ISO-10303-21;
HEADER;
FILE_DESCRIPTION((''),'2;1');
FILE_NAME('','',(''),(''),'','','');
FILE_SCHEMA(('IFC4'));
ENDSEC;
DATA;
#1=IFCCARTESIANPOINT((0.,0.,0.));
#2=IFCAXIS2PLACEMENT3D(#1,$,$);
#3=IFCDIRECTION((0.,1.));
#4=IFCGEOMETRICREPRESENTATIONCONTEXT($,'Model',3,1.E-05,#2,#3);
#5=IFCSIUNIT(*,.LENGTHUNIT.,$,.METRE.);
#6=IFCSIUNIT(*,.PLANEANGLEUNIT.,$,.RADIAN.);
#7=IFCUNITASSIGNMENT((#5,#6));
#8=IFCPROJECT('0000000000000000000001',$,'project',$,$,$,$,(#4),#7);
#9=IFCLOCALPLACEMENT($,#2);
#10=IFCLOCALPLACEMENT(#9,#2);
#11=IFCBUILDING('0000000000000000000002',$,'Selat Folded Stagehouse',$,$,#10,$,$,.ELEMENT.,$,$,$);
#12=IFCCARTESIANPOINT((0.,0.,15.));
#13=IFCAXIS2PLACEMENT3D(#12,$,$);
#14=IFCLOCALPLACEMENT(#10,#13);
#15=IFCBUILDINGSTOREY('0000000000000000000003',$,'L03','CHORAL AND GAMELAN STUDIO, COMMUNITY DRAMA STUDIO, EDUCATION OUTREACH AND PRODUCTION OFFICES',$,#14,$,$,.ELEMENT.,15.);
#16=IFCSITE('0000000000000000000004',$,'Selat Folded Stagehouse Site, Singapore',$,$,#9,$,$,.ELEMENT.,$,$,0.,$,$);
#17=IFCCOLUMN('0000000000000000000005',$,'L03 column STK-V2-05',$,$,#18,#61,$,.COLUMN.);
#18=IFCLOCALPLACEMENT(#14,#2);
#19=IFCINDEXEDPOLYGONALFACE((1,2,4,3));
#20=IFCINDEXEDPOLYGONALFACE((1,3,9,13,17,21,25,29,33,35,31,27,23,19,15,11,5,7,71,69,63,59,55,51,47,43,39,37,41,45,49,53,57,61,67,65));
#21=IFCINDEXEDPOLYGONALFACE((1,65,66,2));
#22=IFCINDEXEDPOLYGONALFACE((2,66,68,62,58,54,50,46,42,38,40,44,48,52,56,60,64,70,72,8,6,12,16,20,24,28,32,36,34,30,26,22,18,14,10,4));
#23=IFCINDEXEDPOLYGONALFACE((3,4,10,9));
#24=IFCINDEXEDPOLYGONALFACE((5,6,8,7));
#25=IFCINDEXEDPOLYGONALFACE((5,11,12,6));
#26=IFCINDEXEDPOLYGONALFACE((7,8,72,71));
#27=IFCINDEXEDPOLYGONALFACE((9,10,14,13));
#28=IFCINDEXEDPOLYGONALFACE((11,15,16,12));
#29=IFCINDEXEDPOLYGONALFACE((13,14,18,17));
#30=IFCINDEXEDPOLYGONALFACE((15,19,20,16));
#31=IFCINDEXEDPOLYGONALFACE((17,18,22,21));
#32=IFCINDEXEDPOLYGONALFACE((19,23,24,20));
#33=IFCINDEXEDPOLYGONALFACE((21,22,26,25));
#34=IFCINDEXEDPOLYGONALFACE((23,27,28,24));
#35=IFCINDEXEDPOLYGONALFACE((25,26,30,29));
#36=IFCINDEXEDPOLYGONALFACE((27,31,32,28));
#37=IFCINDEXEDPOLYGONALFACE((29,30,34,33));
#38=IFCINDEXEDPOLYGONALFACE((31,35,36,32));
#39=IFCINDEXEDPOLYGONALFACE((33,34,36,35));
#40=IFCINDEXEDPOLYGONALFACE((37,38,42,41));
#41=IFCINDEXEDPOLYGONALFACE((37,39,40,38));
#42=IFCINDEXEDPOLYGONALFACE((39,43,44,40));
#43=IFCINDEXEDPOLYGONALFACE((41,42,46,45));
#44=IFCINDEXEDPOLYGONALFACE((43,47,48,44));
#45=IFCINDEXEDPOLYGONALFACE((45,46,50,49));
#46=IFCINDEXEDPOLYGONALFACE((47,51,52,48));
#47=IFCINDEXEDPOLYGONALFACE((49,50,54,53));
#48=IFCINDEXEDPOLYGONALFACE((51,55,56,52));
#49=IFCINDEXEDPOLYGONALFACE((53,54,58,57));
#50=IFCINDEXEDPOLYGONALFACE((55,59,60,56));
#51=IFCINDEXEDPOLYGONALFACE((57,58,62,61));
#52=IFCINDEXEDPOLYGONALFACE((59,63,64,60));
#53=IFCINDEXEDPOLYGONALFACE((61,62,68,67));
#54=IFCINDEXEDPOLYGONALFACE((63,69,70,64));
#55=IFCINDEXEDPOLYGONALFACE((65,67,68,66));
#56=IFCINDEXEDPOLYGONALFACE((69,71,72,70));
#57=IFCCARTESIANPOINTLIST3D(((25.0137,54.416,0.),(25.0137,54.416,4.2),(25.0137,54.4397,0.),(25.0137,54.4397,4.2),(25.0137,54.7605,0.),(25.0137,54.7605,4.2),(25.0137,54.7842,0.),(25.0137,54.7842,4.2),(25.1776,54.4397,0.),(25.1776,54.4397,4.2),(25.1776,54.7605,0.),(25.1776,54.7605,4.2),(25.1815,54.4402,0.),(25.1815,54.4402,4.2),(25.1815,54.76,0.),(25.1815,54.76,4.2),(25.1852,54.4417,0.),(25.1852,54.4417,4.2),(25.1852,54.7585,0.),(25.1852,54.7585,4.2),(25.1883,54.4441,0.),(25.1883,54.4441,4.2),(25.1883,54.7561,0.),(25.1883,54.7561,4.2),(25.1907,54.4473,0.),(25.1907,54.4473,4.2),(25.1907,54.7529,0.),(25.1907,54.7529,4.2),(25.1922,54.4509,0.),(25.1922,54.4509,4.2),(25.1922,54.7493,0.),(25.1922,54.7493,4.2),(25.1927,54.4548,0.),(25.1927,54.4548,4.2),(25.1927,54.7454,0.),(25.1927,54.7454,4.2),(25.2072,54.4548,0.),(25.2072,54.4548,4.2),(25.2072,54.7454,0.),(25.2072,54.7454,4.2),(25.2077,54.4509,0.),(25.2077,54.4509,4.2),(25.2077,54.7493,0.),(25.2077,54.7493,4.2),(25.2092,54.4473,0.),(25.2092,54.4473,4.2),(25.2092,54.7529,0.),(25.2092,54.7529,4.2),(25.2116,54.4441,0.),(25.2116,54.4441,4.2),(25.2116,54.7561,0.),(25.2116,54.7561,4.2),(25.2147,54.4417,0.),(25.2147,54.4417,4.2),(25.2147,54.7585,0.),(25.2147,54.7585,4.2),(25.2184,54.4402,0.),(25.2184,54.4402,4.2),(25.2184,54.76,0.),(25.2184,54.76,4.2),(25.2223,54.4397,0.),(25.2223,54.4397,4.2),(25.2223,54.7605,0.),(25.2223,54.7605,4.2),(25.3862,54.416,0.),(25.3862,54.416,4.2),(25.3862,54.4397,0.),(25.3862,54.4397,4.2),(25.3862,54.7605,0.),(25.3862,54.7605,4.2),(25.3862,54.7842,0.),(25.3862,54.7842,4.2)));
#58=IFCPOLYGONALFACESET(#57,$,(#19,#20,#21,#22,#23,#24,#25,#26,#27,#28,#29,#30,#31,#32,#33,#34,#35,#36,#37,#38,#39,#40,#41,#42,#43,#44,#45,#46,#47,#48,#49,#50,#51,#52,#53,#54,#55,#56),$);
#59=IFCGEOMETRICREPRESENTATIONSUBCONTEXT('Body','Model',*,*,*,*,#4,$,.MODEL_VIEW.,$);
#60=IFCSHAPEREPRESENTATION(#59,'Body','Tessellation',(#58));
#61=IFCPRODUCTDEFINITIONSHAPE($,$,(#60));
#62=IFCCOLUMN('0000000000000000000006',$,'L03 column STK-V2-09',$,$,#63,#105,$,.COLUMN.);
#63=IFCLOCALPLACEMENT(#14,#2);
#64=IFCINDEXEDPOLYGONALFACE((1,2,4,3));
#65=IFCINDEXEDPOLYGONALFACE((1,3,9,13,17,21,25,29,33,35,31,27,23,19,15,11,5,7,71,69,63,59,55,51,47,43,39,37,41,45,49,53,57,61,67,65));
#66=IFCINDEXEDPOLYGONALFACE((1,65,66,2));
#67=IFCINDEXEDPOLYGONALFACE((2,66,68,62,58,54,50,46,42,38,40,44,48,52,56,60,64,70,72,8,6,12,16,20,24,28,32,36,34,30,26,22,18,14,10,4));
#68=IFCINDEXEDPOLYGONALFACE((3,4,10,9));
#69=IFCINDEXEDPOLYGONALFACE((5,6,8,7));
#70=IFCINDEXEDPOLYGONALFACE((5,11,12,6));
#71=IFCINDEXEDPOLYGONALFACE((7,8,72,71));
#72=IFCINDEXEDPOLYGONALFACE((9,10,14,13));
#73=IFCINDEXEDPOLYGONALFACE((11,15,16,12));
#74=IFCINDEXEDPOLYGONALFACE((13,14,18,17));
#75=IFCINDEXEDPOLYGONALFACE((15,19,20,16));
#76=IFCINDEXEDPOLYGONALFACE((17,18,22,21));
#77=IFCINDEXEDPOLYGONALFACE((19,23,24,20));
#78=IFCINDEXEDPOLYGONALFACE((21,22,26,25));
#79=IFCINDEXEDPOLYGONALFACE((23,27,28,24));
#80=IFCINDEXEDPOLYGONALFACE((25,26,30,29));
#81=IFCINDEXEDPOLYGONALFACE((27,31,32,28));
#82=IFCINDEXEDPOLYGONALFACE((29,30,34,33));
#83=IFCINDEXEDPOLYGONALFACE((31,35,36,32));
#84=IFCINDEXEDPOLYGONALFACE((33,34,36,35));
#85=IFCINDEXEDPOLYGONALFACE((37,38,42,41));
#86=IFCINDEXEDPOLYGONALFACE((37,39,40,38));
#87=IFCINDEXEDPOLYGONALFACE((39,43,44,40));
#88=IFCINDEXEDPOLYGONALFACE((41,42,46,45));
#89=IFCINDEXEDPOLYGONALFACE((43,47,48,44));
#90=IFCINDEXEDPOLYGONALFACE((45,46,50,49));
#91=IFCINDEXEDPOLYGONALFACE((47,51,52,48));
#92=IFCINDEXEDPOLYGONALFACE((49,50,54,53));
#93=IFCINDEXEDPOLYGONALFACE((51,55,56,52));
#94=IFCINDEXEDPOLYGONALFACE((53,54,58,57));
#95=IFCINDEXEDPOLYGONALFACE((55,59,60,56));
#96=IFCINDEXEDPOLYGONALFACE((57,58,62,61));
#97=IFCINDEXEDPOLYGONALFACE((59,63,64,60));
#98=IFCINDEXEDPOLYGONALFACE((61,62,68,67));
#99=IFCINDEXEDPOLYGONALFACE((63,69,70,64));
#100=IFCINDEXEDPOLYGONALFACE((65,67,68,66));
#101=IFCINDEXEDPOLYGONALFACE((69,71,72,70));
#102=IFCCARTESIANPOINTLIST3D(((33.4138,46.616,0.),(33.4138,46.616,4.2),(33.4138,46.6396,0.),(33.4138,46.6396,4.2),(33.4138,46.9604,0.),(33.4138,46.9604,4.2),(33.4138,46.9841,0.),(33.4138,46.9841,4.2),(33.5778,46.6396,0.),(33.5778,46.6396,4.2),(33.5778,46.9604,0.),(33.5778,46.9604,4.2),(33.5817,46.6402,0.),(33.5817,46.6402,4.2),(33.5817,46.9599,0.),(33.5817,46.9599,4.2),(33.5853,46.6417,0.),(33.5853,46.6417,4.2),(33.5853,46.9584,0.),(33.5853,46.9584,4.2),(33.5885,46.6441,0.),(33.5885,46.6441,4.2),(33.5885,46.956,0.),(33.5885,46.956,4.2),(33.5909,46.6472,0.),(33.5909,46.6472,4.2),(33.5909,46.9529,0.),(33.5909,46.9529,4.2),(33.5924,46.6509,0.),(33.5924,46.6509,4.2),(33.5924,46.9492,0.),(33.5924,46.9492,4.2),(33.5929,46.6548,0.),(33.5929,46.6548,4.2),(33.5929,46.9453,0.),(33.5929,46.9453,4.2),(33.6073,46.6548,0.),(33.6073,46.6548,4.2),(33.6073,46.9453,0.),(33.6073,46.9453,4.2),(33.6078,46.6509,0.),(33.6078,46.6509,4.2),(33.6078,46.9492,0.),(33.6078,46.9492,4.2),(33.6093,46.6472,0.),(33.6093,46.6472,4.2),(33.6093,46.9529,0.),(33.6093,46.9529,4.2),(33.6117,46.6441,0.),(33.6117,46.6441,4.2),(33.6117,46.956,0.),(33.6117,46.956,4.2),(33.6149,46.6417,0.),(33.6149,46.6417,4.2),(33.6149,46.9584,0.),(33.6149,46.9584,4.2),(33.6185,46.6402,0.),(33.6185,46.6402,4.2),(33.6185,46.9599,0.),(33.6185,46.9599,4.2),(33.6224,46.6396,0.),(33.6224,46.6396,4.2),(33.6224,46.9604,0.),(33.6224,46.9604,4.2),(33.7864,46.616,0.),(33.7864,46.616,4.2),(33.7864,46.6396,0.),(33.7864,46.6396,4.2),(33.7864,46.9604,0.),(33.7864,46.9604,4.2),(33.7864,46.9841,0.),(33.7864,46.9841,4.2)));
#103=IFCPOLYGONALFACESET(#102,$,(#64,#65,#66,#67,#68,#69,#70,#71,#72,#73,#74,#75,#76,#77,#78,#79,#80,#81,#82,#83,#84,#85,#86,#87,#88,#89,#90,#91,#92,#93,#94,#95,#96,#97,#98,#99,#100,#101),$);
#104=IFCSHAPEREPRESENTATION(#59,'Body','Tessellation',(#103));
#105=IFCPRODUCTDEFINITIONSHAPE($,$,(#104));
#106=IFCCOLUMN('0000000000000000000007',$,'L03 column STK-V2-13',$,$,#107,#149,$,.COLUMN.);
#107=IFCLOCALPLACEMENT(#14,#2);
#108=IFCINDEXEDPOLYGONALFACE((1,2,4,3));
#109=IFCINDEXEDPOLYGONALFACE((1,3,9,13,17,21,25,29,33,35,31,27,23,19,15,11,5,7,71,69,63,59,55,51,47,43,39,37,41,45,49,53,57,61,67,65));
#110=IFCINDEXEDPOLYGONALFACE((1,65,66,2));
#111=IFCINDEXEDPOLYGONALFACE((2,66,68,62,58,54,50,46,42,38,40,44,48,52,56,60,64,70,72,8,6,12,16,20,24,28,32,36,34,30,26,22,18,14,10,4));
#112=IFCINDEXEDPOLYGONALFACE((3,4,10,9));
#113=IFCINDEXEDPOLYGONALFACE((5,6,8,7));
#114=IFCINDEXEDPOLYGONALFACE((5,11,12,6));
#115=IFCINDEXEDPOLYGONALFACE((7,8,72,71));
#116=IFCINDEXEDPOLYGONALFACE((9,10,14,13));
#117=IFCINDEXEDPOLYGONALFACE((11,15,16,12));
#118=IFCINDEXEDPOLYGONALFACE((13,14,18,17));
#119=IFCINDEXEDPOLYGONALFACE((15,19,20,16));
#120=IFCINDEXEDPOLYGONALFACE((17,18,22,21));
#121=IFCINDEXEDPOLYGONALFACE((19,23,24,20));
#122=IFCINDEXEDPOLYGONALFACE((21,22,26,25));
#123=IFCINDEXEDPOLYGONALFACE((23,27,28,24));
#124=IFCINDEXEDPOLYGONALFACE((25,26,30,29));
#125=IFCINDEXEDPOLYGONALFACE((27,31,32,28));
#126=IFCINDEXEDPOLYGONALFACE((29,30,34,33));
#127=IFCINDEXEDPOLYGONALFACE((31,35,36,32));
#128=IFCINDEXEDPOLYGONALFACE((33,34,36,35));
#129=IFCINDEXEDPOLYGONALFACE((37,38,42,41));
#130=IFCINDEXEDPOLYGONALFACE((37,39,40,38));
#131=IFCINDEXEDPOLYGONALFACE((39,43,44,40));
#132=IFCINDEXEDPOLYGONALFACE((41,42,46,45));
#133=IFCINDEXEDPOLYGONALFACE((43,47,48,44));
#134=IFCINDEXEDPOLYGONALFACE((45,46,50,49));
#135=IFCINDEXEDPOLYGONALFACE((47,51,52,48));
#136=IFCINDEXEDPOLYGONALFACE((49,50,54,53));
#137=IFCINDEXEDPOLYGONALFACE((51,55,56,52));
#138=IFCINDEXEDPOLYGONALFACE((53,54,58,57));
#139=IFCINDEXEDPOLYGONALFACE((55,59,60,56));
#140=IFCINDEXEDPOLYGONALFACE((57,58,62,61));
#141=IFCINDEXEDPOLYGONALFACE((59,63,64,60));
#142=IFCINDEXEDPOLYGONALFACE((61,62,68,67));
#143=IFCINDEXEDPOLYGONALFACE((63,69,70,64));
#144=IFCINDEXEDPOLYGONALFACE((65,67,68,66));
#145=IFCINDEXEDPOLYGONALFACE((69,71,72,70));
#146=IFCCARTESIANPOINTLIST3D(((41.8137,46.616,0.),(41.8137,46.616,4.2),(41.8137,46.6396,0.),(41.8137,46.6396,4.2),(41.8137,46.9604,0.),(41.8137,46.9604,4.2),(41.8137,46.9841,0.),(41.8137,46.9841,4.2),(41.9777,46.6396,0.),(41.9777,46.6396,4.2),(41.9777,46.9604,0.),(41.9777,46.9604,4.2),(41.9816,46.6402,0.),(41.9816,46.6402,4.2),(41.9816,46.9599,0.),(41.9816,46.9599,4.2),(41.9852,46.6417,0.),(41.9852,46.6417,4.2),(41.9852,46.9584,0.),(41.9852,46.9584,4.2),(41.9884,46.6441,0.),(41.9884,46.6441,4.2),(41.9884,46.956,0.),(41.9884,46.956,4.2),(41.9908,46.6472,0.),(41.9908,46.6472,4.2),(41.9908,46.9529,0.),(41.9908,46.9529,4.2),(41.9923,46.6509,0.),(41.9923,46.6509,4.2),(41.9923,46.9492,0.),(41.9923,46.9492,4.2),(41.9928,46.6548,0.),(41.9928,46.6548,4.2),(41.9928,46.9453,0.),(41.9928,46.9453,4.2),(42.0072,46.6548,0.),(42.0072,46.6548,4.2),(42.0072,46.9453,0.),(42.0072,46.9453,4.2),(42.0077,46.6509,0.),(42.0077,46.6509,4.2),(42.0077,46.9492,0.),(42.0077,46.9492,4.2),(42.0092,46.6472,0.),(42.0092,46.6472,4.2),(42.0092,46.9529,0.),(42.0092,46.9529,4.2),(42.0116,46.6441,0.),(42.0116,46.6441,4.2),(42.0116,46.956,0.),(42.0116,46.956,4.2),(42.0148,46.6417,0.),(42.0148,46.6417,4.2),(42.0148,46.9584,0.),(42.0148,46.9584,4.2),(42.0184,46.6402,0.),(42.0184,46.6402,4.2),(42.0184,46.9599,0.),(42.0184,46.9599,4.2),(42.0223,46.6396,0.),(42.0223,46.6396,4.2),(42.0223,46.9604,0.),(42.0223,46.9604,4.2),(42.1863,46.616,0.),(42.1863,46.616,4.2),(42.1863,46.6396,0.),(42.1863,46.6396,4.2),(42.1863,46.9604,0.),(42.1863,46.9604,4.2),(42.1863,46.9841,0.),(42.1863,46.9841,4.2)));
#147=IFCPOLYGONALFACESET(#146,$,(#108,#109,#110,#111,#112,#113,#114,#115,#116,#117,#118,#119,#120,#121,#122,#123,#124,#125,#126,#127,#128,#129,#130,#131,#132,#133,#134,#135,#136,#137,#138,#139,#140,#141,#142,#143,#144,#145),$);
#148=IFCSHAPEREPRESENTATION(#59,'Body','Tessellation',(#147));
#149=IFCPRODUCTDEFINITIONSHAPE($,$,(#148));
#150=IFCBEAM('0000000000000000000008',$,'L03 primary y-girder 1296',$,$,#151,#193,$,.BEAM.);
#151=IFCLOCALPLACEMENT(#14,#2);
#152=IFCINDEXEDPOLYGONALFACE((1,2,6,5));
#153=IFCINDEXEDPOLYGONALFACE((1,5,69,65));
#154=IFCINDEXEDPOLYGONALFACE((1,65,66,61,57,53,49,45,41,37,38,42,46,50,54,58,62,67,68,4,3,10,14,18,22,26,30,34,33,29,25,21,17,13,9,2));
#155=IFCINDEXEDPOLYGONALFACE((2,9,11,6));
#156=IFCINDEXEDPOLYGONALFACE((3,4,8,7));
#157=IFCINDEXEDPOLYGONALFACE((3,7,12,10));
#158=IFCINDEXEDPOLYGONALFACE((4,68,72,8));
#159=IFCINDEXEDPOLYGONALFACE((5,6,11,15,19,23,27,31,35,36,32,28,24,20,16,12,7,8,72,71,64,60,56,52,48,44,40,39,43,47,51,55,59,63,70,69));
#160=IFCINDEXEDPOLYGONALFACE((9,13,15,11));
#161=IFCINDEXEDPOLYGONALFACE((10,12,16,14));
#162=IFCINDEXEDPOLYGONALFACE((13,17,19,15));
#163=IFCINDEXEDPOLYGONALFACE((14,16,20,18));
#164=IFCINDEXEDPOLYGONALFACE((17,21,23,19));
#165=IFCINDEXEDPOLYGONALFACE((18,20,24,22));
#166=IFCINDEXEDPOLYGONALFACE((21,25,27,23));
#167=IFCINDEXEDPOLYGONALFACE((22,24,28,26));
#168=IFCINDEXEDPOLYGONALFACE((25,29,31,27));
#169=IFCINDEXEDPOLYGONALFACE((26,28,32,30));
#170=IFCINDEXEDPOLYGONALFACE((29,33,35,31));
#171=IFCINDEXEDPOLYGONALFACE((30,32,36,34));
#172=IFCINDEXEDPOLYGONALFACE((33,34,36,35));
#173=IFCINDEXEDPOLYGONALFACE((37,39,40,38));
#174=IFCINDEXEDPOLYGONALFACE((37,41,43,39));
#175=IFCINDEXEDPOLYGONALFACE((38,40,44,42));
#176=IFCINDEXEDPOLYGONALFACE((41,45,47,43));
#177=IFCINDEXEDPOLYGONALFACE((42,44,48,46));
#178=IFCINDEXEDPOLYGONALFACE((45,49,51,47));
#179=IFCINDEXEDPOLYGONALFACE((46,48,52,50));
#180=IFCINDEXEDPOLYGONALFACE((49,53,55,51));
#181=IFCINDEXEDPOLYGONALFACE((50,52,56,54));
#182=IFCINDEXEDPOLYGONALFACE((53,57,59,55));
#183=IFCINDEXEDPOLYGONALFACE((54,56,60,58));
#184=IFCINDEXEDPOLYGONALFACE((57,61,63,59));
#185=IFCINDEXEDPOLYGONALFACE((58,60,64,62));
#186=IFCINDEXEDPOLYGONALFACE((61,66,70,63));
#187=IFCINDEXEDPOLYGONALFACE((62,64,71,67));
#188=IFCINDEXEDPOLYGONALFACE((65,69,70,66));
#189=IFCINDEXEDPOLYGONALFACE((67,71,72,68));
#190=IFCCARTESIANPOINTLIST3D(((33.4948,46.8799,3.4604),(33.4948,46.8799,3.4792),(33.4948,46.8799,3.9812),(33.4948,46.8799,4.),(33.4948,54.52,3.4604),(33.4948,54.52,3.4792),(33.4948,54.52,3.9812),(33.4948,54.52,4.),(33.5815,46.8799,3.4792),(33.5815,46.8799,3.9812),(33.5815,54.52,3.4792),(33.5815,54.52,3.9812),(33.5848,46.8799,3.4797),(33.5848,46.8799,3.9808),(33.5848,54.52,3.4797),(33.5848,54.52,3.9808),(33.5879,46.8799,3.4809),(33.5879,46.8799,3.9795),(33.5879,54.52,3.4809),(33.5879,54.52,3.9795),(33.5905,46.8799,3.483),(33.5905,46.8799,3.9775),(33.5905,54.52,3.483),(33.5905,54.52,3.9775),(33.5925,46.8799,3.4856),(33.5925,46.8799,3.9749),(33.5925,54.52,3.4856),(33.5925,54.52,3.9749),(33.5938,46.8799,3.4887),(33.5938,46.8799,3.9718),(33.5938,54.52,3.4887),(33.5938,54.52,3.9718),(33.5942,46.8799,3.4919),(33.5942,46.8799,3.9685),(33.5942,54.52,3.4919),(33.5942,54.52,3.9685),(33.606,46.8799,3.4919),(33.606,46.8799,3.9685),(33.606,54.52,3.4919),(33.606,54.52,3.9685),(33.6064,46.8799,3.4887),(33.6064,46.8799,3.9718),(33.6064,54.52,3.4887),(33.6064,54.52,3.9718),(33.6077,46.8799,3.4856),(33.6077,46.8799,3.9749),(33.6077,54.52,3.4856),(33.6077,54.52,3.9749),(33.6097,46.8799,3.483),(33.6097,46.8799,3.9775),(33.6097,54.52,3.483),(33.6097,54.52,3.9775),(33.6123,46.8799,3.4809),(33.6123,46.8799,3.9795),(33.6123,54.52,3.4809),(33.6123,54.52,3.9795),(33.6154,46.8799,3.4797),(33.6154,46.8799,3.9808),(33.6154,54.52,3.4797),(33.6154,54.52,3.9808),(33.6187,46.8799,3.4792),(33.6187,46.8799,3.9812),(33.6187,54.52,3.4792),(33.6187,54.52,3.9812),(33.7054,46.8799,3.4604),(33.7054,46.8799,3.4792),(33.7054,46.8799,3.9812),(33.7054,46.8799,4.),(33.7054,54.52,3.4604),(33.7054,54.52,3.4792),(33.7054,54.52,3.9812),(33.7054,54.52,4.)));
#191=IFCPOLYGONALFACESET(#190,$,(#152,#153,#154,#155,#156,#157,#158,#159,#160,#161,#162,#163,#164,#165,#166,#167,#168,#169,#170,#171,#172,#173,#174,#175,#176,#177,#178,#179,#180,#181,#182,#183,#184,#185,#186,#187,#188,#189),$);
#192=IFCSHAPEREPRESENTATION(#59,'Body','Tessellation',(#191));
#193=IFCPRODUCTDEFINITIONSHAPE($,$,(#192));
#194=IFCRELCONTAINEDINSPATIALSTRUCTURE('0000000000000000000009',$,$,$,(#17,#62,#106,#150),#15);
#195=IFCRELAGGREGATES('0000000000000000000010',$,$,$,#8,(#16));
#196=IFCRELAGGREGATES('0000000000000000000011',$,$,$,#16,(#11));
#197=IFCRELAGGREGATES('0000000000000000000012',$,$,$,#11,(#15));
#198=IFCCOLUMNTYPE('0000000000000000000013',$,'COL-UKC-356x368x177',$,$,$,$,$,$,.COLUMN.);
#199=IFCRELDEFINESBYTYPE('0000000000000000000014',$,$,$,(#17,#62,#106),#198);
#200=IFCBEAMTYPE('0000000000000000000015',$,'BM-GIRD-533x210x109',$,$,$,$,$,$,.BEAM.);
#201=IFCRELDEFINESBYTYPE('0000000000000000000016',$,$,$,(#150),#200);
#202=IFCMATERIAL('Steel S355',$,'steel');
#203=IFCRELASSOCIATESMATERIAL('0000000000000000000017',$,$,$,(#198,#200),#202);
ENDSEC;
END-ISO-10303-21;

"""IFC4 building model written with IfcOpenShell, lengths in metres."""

from ifc_helpers import new_model, si_unit, direction, frame, origin, origin_2d, place, context, subcontext, project, spatial, i_section, extrude, material, material_profile, profile_set, type_object, element, save


model = new_model("IFC4")

# Units and contexts
model_context = context("Model", 3, precision=1e-05, world=origin(), true_north=direction((0.0, 1.0)))
body_context = subcontext(model_context, "Body", "Model", "MODEL_VIEW")
ifc_project = project(units=[si_unit("LENGTHUNIT", "METRE"), si_unit("PLANEANGLEUNIT", "RADIAN")], contexts=[model_context])

# Site, building, storey
site_placement = place(None, origin())
site = spatial("IfcSite", under=ifc_project, at=site_placement, Name="Selat Folded Stagehouse Site, Singapore", CompositionType="ELEMENT", RefElevation=0.0)
building_placement = place(site_placement, origin())
building = spatial("IfcBuilding", under=site, at=building_placement, Name="Selat Folded Stagehouse", CompositionType="ELEMENT")
storey_placement = place(building_placement, frame((0.0, 0.0, 15.0)))
storey = spatial("IfcBuildingStorey", under=building, at=storey_placement, Name="L03", Description="CHORAL AND GAMELAN STUDIO, COMMUNITY DRAMA STUDIO, EDUCATION OUTREACH AND PRODUCTION OFFICES", CompositionType="ELEMENT", Elevation=15.0)

# Columns
ifc_material_1 = material(Name="Steel S355", Category="steel")
ifc_material_profile_1 = material_profile(ifc_material_1, i_section(OverallWidth=0.3726, OverallDepth=0.3682, WebThickness=0.0144, FlangeThickness=0.0237, FilletRadius=0.0151, at=origin_2d()), Name="UKC 356x368x177")
ifc_profile_set_1 = profile_set([ifc_material_profile_1], Name="Steel S355")
column_type = type_object("IfcColumnType", Name="COL-UKC-356x368x177", PredefinedType="COLUMN", material=ifc_profile_set_1)
for number, where, z_axis, x_axis, name in (
    (1, (25.2, 54.6001, 0.0), (0.0, 0.0, 1.0), (1.0, 0.0, 0.0), "L03 column STK-V2-05"),
    (2, (33.6001, 46.8, 0.0), (0.0, 0.0, 1.0), (1.0, 0.0, 0.0), "L03 column STK-V2-09"),
    (3, (42.0, 46.8, 0.0), (0.0, 0.0, 1.0), (1.0, 0.0, 0.0), "L03 column STK-V2-13"),
):
    element("IfcColumn", number, at=place(storey_placement, frame(where, z_axis=z_axis, x_axis=x_axis)), inside=storey, type_object=column_type, Name=name, PredefinedType="COLUMN", context=body_context, shape_type="SweptSolid", body=[
        extrude(i_section(OverallWidth=0.3726, OverallDepth=0.3682, WebThickness=0.0144, FlangeThickness=0.0237, FilletRadius=0.0151, at=origin_2d()), origin(), (0.0, 0.0, 1.0), 4.2),
    ])

# Beam
ifc_material_profile_2 = material_profile(ifc_material_1, i_section(OverallWidth=0.2107, OverallDepth=0.5396, WebThickness=0.0117, FlangeThickness=0.0188, FilletRadius=0.0127, at=origin_2d()), Name="UKB 533x210x109")
ifc_profile_set_2 = profile_set([ifc_material_profile_2], Name="Steel S355")
beam_type_1 = type_object("IfcBeamType", Name="BM-GIRD-533x210x109", PredefinedType="BEAM", material=ifc_profile_set_2)
for number, where, z_axis, x_axis, name in (
    (4, (33.6001, 46.8799, 3.7302), (0.0, 1.0, 0.0), (-1.0, 0.0, 0.0), "L03 primary y-girder 1296"),
):
    element("IfcBeam", number, at=place(storey_placement, frame(where, z_axis=z_axis, x_axis=x_axis)), inside=storey, type_object=beam_type_1, Name=name, PredefinedType="BEAM", context=body_context, shape_type="SweptSolid", body=[
        extrude(i_section(OverallWidth=0.2107, OverallDepth=0.5396, WebThickness=0.0117, FlangeThickness=0.0188, FilletRadius=0.0127, at=origin_2d()), origin(), (0.0, 0.0, 1.0), 7.6401),
    ])

save(model, "model.ifc")
